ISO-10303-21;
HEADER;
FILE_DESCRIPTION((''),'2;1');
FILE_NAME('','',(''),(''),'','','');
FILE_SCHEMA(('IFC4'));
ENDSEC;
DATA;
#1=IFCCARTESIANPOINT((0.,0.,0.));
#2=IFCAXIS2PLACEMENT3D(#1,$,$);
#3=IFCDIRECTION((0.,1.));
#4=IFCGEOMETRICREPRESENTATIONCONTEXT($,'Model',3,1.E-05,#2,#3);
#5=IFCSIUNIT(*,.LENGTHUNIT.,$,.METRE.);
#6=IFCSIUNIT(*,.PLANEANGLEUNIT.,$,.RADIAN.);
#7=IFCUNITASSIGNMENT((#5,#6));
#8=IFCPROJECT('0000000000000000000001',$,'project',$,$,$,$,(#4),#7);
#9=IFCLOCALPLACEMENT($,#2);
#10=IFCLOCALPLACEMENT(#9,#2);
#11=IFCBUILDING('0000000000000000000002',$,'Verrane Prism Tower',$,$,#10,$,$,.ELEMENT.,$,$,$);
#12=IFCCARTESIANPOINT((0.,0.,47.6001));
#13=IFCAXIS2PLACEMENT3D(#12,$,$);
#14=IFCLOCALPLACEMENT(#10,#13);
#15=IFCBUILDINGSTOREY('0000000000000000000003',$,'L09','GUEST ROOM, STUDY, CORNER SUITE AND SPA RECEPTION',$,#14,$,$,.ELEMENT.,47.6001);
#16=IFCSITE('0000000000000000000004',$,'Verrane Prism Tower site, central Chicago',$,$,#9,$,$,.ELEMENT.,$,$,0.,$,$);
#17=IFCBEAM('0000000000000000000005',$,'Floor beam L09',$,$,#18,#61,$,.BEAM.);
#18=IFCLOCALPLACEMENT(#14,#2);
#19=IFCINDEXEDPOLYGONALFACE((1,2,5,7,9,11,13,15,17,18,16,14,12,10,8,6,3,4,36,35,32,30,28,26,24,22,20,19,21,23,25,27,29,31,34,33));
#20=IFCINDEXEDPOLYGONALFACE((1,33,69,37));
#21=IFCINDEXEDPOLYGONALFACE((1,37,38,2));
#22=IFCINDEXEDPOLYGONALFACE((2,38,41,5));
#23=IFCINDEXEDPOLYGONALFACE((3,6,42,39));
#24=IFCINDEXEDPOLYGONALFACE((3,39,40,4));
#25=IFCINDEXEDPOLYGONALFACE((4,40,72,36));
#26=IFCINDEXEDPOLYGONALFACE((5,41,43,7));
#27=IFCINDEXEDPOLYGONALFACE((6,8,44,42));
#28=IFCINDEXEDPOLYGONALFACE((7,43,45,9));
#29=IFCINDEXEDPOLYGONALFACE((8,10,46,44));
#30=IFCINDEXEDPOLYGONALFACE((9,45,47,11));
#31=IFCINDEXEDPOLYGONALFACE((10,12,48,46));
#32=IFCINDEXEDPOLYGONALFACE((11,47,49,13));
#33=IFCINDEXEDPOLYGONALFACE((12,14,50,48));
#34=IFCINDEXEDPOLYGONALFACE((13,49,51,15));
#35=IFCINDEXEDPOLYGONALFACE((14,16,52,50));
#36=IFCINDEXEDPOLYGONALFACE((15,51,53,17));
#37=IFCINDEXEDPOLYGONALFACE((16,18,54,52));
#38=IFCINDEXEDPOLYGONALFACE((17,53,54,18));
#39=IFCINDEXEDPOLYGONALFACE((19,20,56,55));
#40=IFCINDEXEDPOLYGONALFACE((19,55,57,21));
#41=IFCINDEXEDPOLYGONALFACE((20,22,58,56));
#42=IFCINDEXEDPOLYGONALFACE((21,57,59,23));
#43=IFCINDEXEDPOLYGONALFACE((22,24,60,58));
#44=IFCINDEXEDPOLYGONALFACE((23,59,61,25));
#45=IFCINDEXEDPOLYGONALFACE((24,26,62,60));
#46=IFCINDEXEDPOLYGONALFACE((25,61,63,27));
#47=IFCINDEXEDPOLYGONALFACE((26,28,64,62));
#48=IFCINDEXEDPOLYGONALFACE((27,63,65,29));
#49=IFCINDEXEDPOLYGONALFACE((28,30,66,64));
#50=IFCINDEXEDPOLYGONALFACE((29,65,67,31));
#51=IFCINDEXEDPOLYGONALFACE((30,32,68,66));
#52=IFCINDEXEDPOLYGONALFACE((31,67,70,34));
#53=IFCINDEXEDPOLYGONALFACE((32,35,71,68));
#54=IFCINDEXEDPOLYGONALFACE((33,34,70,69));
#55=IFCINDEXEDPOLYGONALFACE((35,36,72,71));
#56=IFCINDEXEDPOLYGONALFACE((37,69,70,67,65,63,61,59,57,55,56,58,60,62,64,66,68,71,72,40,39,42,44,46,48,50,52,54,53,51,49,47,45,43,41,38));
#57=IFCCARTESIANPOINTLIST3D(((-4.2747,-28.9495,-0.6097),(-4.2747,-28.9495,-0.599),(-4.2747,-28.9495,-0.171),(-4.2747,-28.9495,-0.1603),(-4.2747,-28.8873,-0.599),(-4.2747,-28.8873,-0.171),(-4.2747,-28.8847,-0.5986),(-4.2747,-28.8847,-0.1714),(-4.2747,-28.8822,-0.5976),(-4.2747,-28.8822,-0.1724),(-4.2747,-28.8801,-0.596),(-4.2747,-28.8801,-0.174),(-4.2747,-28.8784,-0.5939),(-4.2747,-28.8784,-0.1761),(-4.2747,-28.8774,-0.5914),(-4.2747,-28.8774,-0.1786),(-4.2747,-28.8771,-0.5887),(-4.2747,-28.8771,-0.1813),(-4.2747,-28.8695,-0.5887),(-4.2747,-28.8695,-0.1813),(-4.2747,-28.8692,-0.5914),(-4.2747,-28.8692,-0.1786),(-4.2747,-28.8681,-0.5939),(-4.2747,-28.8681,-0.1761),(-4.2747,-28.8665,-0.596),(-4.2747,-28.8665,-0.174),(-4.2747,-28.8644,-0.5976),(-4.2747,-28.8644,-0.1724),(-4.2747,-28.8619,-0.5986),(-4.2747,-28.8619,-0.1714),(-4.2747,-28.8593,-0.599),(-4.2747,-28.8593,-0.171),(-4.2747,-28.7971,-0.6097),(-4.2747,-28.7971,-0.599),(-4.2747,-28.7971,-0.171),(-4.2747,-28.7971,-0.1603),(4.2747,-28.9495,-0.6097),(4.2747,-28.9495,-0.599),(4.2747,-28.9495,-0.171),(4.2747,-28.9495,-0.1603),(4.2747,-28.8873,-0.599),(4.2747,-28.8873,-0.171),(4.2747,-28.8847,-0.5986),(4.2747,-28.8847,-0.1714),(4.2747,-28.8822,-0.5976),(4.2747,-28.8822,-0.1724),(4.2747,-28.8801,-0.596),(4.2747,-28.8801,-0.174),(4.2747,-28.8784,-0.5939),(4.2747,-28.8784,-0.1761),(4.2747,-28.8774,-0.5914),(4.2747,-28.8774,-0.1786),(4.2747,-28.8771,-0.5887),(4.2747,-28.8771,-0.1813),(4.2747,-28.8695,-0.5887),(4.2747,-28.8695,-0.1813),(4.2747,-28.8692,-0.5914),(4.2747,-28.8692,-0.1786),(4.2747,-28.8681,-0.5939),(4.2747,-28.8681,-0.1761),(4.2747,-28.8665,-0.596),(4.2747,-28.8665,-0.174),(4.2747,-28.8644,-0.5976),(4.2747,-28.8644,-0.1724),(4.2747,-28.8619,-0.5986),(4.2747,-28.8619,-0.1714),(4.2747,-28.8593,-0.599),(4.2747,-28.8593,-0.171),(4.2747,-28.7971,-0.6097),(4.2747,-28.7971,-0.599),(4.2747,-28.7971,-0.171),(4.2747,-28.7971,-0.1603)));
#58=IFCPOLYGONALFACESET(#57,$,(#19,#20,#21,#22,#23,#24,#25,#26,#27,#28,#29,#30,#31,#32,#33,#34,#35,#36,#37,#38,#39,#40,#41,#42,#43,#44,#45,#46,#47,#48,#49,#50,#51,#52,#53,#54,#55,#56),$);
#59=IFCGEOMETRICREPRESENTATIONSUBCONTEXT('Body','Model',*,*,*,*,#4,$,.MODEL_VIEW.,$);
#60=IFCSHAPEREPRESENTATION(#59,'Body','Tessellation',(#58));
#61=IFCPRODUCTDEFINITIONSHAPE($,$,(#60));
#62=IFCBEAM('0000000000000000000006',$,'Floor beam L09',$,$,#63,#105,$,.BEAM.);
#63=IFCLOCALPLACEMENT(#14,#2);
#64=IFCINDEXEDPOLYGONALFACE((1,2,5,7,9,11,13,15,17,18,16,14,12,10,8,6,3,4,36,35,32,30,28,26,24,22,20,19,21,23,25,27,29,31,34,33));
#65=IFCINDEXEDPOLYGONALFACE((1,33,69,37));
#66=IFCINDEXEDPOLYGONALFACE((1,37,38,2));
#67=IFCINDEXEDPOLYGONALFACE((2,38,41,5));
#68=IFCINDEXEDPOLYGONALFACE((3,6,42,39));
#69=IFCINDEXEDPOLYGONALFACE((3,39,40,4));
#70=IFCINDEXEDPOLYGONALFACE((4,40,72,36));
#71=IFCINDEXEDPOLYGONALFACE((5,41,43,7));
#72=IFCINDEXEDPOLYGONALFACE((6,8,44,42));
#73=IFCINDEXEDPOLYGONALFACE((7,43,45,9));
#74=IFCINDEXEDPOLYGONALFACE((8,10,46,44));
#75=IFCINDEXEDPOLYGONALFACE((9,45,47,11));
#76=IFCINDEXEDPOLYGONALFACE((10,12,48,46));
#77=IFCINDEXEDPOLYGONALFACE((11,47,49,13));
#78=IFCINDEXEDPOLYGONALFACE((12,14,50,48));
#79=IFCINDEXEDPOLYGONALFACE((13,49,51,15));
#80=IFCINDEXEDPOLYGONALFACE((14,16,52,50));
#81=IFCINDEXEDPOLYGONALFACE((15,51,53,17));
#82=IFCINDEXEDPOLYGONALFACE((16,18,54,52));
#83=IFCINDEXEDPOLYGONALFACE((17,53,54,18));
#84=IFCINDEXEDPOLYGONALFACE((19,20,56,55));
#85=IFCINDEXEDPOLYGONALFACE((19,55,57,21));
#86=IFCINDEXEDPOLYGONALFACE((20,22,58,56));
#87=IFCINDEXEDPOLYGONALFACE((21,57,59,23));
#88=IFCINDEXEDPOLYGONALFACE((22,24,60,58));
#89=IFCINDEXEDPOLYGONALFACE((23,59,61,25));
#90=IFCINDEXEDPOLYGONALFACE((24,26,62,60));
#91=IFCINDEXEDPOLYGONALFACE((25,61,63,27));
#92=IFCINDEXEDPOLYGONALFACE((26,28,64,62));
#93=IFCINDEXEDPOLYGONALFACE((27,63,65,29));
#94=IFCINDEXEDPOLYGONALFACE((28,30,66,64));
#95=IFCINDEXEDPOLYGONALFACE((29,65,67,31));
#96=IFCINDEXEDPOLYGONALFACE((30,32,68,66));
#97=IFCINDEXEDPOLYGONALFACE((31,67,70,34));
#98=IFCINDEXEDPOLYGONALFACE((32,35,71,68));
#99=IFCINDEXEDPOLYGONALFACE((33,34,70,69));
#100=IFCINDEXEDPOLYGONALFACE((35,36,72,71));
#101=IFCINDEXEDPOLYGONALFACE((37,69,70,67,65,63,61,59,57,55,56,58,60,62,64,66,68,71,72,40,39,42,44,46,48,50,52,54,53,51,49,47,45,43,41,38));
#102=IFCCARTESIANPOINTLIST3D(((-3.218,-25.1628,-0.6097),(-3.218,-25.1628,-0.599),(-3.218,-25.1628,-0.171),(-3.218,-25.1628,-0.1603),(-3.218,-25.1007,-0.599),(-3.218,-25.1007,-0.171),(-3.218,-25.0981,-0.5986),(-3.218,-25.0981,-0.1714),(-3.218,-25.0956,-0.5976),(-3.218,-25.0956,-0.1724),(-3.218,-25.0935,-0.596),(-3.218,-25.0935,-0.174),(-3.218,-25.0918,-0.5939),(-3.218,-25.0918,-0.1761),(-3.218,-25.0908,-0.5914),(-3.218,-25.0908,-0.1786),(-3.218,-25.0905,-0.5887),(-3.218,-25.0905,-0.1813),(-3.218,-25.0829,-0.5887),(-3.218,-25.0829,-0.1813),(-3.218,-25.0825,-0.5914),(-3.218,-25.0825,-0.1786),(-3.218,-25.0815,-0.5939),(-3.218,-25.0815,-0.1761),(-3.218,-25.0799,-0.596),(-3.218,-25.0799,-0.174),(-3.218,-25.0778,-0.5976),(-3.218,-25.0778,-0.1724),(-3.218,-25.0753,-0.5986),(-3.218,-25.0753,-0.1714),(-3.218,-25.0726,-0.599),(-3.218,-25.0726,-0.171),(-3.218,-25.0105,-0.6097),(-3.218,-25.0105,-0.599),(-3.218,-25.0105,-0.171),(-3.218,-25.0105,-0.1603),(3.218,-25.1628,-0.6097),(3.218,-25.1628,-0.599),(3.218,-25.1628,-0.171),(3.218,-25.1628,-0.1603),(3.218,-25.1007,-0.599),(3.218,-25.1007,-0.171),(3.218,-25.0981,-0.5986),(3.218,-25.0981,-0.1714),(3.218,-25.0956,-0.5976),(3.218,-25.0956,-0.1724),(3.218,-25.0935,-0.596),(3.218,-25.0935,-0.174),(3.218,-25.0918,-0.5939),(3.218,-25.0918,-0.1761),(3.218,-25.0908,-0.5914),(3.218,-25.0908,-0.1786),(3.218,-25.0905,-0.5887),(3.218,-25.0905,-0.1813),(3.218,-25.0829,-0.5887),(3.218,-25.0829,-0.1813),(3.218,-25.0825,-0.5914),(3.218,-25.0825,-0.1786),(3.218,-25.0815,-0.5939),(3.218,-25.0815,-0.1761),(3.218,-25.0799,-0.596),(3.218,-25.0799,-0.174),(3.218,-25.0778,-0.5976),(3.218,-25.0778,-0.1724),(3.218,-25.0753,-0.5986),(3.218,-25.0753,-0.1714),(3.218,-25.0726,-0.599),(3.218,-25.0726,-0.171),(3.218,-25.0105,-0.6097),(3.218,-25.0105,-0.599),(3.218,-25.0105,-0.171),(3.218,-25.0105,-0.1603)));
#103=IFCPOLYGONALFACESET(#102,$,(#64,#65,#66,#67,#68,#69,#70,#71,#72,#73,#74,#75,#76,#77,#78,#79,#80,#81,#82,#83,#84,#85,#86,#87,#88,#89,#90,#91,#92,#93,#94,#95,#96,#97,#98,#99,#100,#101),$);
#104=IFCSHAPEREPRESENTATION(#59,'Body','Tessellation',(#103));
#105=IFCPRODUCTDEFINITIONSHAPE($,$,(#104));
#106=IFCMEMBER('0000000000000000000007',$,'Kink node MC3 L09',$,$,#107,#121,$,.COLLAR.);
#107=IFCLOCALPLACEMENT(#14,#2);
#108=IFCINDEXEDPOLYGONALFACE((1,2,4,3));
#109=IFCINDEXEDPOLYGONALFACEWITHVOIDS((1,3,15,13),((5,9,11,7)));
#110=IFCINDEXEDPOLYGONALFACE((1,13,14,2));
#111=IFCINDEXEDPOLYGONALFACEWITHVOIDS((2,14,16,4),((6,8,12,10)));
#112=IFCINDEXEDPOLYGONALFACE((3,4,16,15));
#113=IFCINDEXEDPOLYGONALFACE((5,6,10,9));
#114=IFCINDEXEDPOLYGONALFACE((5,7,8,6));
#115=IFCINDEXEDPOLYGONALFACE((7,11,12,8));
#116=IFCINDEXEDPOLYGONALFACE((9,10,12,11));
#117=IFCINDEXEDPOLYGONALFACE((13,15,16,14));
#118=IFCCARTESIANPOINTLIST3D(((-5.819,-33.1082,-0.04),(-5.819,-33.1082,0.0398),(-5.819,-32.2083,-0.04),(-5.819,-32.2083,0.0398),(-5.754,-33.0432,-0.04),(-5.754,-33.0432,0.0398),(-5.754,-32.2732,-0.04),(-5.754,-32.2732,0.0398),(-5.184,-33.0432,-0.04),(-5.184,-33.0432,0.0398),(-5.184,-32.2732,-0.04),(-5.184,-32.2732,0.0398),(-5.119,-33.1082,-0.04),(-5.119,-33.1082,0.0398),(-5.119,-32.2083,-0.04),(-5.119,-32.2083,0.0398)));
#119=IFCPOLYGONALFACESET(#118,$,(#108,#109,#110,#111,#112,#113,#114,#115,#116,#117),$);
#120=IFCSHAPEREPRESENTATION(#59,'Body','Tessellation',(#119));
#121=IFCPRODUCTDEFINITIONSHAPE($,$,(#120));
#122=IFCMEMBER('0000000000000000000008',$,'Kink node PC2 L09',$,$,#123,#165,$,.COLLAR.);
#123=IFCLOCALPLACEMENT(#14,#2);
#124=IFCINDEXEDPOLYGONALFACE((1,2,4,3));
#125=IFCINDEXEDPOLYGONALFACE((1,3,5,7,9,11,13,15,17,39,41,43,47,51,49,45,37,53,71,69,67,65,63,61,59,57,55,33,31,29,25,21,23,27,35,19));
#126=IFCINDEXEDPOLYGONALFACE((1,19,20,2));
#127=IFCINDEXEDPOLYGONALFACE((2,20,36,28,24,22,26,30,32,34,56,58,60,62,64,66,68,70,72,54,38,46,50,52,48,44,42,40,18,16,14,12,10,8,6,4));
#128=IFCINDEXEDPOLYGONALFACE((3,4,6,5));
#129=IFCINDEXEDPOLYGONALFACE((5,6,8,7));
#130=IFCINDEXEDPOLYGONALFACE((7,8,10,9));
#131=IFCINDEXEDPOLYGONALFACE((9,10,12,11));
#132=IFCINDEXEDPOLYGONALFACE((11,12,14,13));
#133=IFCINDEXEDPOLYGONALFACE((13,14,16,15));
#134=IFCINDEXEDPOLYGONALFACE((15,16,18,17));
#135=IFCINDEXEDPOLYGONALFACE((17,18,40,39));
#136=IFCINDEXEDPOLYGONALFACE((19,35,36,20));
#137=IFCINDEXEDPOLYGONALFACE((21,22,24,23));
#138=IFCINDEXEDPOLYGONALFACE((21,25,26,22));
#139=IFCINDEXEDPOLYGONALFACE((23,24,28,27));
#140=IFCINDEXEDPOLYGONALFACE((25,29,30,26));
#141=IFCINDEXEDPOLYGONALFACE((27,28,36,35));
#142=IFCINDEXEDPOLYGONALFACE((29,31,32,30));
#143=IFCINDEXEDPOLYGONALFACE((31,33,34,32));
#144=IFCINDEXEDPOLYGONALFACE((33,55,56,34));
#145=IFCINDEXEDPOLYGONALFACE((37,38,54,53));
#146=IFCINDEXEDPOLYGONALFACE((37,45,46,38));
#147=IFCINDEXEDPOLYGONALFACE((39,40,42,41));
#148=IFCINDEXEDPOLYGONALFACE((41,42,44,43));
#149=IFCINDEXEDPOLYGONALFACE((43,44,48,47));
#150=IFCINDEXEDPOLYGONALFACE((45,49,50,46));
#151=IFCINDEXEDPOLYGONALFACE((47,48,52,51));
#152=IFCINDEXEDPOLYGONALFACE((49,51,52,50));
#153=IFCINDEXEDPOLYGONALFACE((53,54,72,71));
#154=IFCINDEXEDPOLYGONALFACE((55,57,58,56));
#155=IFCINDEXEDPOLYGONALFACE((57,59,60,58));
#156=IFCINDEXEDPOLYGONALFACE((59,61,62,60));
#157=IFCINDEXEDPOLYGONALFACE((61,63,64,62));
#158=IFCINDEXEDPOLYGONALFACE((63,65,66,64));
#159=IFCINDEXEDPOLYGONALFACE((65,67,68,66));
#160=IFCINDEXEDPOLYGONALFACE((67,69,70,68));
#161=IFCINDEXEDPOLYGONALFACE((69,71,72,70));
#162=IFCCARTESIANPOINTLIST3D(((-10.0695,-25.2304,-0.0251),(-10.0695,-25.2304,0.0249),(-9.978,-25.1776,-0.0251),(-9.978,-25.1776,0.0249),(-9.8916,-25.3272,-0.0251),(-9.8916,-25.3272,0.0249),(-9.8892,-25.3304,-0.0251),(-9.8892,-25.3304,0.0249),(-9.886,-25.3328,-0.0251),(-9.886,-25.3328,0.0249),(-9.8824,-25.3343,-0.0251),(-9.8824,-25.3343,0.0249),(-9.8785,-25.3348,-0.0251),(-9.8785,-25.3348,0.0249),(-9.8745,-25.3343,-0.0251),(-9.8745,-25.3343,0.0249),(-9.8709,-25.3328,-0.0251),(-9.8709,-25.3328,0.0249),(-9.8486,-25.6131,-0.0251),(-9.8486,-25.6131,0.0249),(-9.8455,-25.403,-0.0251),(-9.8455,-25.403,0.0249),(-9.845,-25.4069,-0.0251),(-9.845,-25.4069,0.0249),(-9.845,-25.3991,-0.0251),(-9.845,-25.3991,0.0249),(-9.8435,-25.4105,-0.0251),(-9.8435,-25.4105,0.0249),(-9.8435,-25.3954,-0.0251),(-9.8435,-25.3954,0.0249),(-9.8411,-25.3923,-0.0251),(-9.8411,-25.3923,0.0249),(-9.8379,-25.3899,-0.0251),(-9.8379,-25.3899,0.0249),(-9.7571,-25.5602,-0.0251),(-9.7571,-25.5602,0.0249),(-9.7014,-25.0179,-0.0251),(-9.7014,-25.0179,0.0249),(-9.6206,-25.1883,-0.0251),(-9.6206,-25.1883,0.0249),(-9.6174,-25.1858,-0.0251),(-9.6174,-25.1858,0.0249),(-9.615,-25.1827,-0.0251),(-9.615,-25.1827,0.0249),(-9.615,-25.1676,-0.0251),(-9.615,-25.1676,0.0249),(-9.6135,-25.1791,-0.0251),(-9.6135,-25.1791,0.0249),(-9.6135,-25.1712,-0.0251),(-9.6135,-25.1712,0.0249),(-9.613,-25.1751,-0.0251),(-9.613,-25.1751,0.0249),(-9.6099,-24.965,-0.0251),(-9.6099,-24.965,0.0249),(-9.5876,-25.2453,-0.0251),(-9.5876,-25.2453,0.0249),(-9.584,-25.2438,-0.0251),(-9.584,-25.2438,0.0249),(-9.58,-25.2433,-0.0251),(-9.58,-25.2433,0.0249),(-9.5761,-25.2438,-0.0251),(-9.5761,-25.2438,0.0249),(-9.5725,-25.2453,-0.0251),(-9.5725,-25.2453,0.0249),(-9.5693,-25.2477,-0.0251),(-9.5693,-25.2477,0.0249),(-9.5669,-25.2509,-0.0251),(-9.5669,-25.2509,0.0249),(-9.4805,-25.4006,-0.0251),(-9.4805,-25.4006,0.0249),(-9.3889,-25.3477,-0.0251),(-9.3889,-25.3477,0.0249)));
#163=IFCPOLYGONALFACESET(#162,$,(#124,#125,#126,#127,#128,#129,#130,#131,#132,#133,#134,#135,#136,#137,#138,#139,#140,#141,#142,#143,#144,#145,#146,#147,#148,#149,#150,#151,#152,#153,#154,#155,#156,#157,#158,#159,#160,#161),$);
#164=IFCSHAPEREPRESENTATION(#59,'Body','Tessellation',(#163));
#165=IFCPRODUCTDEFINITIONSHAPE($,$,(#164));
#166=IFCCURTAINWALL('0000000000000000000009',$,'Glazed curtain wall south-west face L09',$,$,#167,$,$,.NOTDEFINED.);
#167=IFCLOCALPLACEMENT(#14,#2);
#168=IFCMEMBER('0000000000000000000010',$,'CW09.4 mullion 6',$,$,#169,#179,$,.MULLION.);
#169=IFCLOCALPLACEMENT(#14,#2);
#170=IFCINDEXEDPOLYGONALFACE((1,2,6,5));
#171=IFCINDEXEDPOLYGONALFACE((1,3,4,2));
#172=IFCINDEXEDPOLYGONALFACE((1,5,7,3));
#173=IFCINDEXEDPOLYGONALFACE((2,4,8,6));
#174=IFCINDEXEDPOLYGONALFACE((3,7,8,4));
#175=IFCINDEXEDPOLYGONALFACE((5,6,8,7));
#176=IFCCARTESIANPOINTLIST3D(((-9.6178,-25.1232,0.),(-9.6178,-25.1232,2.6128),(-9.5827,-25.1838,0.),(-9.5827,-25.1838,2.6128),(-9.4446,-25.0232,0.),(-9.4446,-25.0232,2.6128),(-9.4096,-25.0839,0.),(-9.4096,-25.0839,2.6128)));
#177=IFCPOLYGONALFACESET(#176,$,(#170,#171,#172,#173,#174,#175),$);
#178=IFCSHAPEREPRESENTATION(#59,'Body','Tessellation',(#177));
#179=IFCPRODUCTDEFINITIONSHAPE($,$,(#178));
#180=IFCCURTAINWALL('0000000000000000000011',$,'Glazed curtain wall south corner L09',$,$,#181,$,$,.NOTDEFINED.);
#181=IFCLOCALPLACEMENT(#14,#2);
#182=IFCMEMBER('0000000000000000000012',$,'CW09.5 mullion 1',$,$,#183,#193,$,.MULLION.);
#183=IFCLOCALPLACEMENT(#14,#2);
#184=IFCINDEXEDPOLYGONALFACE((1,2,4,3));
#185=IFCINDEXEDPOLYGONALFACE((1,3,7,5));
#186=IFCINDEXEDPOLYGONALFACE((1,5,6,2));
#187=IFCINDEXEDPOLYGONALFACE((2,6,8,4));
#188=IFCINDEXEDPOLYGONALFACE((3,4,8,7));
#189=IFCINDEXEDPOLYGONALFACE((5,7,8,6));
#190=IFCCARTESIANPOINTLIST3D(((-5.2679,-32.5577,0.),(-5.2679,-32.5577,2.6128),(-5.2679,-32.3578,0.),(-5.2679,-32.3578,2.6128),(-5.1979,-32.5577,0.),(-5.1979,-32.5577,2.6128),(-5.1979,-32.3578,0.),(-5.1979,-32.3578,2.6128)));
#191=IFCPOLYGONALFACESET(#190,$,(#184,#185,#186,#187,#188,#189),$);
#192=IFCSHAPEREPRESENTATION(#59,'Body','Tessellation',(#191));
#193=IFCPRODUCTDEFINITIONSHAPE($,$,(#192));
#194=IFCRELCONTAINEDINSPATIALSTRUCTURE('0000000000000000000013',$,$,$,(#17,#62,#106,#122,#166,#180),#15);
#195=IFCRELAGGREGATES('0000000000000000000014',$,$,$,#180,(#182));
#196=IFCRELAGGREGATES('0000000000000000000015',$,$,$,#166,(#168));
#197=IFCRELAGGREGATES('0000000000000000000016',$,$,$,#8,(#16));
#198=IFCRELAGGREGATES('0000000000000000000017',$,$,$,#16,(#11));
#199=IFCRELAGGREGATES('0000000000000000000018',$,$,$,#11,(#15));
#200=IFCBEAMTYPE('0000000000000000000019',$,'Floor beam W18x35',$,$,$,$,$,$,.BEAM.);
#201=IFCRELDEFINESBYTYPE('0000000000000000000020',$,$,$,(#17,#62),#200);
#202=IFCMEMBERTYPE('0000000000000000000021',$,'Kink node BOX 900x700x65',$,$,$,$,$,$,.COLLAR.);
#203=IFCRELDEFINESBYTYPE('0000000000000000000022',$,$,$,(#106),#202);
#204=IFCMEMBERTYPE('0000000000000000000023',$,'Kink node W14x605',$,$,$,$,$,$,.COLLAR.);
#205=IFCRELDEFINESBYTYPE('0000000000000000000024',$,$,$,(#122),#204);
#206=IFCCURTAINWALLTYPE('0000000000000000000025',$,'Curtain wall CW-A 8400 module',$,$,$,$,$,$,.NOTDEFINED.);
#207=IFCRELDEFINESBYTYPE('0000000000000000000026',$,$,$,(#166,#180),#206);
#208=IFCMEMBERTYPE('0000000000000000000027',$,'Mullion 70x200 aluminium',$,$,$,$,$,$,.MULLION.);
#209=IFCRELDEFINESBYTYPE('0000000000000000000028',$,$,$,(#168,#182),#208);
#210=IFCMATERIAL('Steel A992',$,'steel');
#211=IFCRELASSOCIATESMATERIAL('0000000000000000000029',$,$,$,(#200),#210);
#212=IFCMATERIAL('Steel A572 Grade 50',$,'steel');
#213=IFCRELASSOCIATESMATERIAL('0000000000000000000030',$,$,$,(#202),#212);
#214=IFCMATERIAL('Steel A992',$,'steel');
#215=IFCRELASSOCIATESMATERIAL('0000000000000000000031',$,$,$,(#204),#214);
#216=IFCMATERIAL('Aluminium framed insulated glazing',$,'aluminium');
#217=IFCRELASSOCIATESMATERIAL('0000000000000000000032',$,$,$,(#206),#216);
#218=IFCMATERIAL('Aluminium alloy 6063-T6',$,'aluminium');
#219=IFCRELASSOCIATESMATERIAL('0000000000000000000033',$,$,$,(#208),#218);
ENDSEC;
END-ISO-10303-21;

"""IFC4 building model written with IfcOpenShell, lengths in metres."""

from ifc_helpers import new_model, si_unit, direction, frame, origin, origin_2d, place, context, subcontext, project, spatial, rectangle, hollow_rectangle, i_section, extrude, material, material_profile, profile_set, type_object, element, aggregate, save


model = new_model("IFC4")

# Units and contexts
model_context = context("Model", 3, precision=1e-05, world=origin(), true_north=direction((0.0, 1.0)))
body_context = subcontext(model_context, "Body", "Model", "MODEL_VIEW")
ifc_project = project(units=[si_unit("LENGTHUNIT", "METRE"), si_unit("PLANEANGLEUNIT", "RADIAN")], contexts=[model_context])

# Site, building, storey
site_placement = place(None, origin())
site = spatial("IfcSite", under=ifc_project, at=site_placement, Name="Verrane Prism Tower site, central Chicago", CompositionType="ELEMENT", RefElevation=0.0)
building_placement = place(site_placement, origin())
building = spatial("IfcBuilding", under=site, at=building_placement, Name="Verrane Prism Tower", CompositionType="ELEMENT")
storey_placement = place(building_placement, frame((0.0, 0.0, 47.6001)))
storey = spatial("IfcBuildingStorey", under=building, at=storey_placement, Name="L09", Description="GUEST ROOM, STUDY, CORNER SUITE AND SPA RECEPTION", CompositionType="ELEMENT", Elevation=47.6001)

# Beams
ifc_material_1 = material(Name="Steel A992", Category="steel")
ifc_material_profile_1 = material_profile(ifc_material_1, i_section(OverallWidth=0.1523, OverallDepth=0.4495, WebThickness=0.0076, FlangeThickness=0.0107, FilletRadius=0.0103, at=origin_2d()), Name="W18x35")
ifc_profile_set_1 = profile_set([ifc_material_profile_1], Name="Steel A992")
beam_type_1 = type_object("IfcBeamType", Name="Floor beam W18x35", PredefinedType="BEAM", material=ifc_profile_set_1)
beam_1_placement = place(storey_placement, frame((-4.2747, -28.8733, -0.385), z_axis=(1.0, 0.0, 0.0), x_axis=(0.0, 1.0, 0.0)))
element("IfcBeam", 1, at=beam_1_placement, inside=storey, type_object=beam_type_1, Name="Floor beam L09", PredefinedType="BEAM", context=body_context, shape_type="SweptSolid", body=[
    extrude(i_section(OverallWidth=0.1523, OverallDepth=0.4495, WebThickness=0.0076, FlangeThickness=0.0107, FilletRadius=0.0103, at=origin_2d()), origin(), (0.0, 0.0, 1.0), 8.5493),
])
beam_2_placement = place(storey_placement, frame((-3.218, -25.0867, -0.385), z_axis=(1.0, 0.0, 0.0), x_axis=(0.0, 1.0, 0.0)))
element("IfcBeam", 2, at=beam_2_placement, inside=storey, type_object=beam_type_1, Name="Floor beam L09", PredefinedType="BEAM", context=body_context, shape_type="SweptSolid", body=[
    extrude(i_section(OverallWidth=0.1523, OverallDepth=0.4495, WebThickness=0.0076, FlangeThickness=0.0107, FilletRadius=0.0103, at=origin_2d()), origin(), (0.0, 0.0, 1.0), 6.436),
])

# Members
ifc_material_2 = material(Name="Steel A572 Grade 50", Category="steel")
ifc_material_profile_2 = material_profile(ifc_material_2, hollow_rectangle(XDim=0.7, YDim=0.8999, WallThickness=0.0649, at=origin_2d()), Name="BOX 900x700x65")
ifc_profile_set_2 = profile_set([ifc_material_profile_2], Name="Steel A572 Grade 50")
member_type_1 = type_object("IfcMemberType", Name="Kink node BOX 900x700x65", PredefinedType="COLLAR", material=ifc_profile_set_2)
member_1_placement = place(storey_placement, frame((-5.469, -32.6582, -0.04), z_axis=(0.0, 0.0, 1.0), x_axis=(-1.0, 0.0, 0.0)))
element("IfcMember", 3, at=member_1_placement, inside=storey, type_object=member_type_1, Name="Kink node MC3 L09", PredefinedType="COLLAR", context=body_context, shape_type="SweptSolid", body=[
    extrude(hollow_rectangle(XDim=0.7, YDim=0.8999, WallThickness=0.0649, at=origin_2d()), origin(), (0.0, 0.0, 1.0), 0.0798),
])
ifc_material_3 = material(Name="Steel A992", Category="steel")
ifc_material_profile_3 = material_profile(ifc_material_3, i_section(OverallWidth=0.4419, OverallDepth=0.5308, WebThickness=0.0659, FlangeThickness=0.1057, FilletRadius=0.0151, at=origin_2d()), Name="W14x605")
ifc_profile_set_3 = profile_set([ifc_material_profile_3], Name="Steel A992")
member_type_2 = type_object("IfcMemberType", Name="Kink node W14x605", PredefinedType="COLLAR", material=ifc_profile_set_3)
member_2_placement = place(storey_placement, frame((-9.7292, -25.2891, -0.0251), z_axis=(0.0, 0.0, 1.0), x_axis=(-0.5, 0.866025, 0.0)))
element("IfcMember", 4, at=member_2_placement, inside=storey, type_object=member_type_2, Name="Kink node PC2 L09", PredefinedType="COLLAR", context=body_context, shape_type="SweptSolid", body=[
    extrude(i_section(OverallWidth=0.4419, OverallDepth=0.5308, WebThickness=0.0659, FlangeThickness=0.1057, FilletRadius=0.0151, at=origin_2d()), origin(), (0.0, 0.0, 1.0), 0.05),
])

# Curtain walls, members
ifc_material_4 = material(Name="Aluminium framed insulated glazing", Category="aluminium")
curtain_wall_type = type_object("IfcCurtainWallType", Name="Curtain wall CW-A 8400 module", PredefinedType="NOTDEFINED", material=ifc_material_4)
curtain_wall_1_placement = place(storey_placement, origin())
curtain_wall_1 = element("IfcCurtainWall", 5, at=curtain_wall_1_placement, inside=storey, type_object=curtain_wall_type, Name="Glazed curtain wall south-west face L09", PredefinedType="NOTDEFINED")
ifc_material_5 = material(Name="Aluminium alloy 6063-T6", Category="aluminium")
ifc_material_profile_4 = material_profile(ifc_material_5, rectangle(XDim=0.2, YDim=0.0701, at=origin_2d()), Name="Mullion 70x200 aluminium")
ifc_profile_set_4 = profile_set([ifc_material_profile_4], Name="Aluminium alloy 6063-T6")
member_type_3 = type_object("IfcMemberType", Name="Mullion 70x200 aluminium", PredefinedType="MULLION", material=ifc_profile_set_4)
member_3_placement = place(storey_placement, frame((-9.5137, -25.1035, 0.0), z_axis=(0.0, 0.0, 1.0), x_axis=(0.866026, 0.499999, 0.0)))
member_3 = element("IfcMember", 6, at=member_3_placement, type_object=member_type_3, Name="CW09.4 mullion 6", PredefinedType="MULLION", context=body_context, shape_type="SweptSolid", body=[
    extrude(rectangle(XDim=0.2, YDim=0.0701, at=origin_2d()), origin(), (0.0, 0.0, 1.0), 2.6128),
])
curtain_wall_2_placement = place(storey_placement, origin())
curtain_wall_2 = element("IfcCurtainWall", 7, at=curtain_wall_2_placement, inside=storey, type_object=curtain_wall_type, Name="Glazed curtain wall south corner L09", PredefinedType="NOTDEFINED")
member_4_placement = place(storey_placement, frame((-5.2329, -32.4578, 0.0), z_axis=(0.0, 0.0, 1.0), x_axis=(0.0, 1.0, 0.0)))
member_4 = element("IfcMember", 8, at=member_4_placement, type_object=member_type_3, Name="CW09.5 mullion 1", PredefinedType="MULLION", context=body_context, shape_type="SweptSolid", body=[
    extrude(rectangle(XDim=0.2, YDim=0.0701, at=origin_2d()), origin(), (0.0, 0.0, 1.0), 2.6128),
])

aggregate(curtain_wall_2, [member_4])

aggregate(curtain_wall_1, [member_3])

save(model, "model.ifc")
